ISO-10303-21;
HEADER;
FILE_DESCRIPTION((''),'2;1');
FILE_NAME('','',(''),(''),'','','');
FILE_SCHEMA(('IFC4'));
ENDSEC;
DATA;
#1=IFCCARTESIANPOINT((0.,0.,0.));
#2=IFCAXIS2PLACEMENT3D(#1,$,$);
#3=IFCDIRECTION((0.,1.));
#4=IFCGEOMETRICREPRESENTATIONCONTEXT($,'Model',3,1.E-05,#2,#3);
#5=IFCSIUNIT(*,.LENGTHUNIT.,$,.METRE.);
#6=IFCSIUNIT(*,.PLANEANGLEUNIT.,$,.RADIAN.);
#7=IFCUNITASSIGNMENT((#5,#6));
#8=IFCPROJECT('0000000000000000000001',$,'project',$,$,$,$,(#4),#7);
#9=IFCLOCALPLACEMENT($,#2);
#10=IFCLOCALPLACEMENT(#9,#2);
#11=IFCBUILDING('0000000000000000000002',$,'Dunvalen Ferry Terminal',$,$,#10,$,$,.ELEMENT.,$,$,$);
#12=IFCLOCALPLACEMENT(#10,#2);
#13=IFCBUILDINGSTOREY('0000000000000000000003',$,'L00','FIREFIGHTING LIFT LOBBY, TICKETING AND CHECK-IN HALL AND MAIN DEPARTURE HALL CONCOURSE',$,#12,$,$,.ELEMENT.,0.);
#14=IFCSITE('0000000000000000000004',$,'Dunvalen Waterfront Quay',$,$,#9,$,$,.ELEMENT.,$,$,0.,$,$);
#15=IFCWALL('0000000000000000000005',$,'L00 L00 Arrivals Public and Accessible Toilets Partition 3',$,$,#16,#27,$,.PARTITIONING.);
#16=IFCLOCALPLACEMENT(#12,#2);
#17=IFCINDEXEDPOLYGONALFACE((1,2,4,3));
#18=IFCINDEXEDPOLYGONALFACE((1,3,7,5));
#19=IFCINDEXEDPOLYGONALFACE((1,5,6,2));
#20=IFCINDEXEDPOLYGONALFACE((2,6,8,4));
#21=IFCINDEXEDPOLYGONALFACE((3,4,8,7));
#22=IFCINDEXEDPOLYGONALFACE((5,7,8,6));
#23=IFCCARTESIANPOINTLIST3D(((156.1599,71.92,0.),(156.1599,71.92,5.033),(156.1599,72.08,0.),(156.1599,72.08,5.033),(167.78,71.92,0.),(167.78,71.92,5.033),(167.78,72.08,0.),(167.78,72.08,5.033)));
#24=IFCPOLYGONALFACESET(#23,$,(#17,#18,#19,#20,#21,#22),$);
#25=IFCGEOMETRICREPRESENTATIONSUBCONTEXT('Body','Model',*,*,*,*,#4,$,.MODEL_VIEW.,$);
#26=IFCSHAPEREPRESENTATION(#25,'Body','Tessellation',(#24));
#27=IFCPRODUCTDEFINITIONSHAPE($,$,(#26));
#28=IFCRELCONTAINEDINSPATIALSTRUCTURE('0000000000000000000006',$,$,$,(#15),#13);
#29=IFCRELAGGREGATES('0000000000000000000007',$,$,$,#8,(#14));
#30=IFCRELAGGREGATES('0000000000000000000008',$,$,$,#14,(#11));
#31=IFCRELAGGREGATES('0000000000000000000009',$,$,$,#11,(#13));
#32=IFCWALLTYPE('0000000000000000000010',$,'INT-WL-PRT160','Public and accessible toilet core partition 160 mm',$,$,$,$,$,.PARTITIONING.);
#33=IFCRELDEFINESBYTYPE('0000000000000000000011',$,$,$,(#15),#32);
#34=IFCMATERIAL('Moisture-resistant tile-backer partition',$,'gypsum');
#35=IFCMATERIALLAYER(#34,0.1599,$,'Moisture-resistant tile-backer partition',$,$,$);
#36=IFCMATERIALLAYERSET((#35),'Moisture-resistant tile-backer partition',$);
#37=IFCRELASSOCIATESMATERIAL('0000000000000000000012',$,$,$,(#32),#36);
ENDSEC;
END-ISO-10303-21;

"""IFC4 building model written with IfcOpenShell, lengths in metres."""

from ifc_helpers import new_model, si_unit, direction, frame, frame_2d, origin, place, context, subcontext, project, spatial, rectangle, extrude, material, layer, layer_set, type_object, element, save


model = new_model("IFC4")

# Units and contexts
model_context = context("Model", 3, precision=1e-05, world=origin(), true_north=direction((0.0, 1.0)))
body_context = subcontext(model_context, "Body", "Model", "MODEL_VIEW")
ifc_project = project(units=[si_unit("LENGTHUNIT", "METRE"), si_unit("PLANEANGLEUNIT", "RADIAN")], contexts=[model_context])

# Site, building, storey
site_placement = place(None, origin())
site = spatial("IfcSite", under=ifc_project, at=site_placement, Name="Dunvalen Waterfront Quay", CompositionType="ELEMENT", RefElevation=0.0)
building_placement = place(site_placement, origin())
building = spatial("IfcBuilding", under=site, at=building_placement, Name="Dunvalen Ferry Terminal", CompositionType="ELEMENT")
storey_placement = place(building_placement, origin())
storey = spatial("IfcBuildingStorey", under=building, at=storey_placement, Name="L00", Description="FIREFIGHTING LIFT LOBBY, TICKETING AND CHECK-IN HALL AND MAIN DEPARTURE HALL CONCOURSE", CompositionType="ELEMENT", Elevation=0.0)

# Wall
ifc_material_1 = material(Name="Moisture-resistant tile-backer partition", Category="gypsum")
ifc_layer = layer(ifc_material_1, 0.1599, Name="Moisture-resistant tile-backer partition")
ifc_layer_set = layer_set([ifc_layer], Name="Moisture-resistant tile-backer partition")
wall_type = type_object("IfcWallType", Name="INT-WL-PRT160", Description="Public and accessible toilet core partition 160 mm", PredefinedType="PARTITIONING", material=ifc_layer_set)
wall_placement = place(storey_placement, frame((156.1599, 72.0, 0.0), z_axis=(0.0, 0.0, 1.0), x_axis=(1.0, 0.0, 0.0)))
element("IfcWall", 1, at=wall_placement, inside=storey, type_object=wall_type, Name="L00 L00 Arrivals Public and Accessible Toilets Partition 3", PredefinedType="PARTITIONING", context=body_context, shape_type="SweptSolid", body=[
    extrude(rectangle(XDim=11.6201, YDim=0.1599, at=frame_2d((5.8101, 0.0))), origin(), (0.0, 0.0, 1.0), 5.033),
])

save(model, "model.ifc")
